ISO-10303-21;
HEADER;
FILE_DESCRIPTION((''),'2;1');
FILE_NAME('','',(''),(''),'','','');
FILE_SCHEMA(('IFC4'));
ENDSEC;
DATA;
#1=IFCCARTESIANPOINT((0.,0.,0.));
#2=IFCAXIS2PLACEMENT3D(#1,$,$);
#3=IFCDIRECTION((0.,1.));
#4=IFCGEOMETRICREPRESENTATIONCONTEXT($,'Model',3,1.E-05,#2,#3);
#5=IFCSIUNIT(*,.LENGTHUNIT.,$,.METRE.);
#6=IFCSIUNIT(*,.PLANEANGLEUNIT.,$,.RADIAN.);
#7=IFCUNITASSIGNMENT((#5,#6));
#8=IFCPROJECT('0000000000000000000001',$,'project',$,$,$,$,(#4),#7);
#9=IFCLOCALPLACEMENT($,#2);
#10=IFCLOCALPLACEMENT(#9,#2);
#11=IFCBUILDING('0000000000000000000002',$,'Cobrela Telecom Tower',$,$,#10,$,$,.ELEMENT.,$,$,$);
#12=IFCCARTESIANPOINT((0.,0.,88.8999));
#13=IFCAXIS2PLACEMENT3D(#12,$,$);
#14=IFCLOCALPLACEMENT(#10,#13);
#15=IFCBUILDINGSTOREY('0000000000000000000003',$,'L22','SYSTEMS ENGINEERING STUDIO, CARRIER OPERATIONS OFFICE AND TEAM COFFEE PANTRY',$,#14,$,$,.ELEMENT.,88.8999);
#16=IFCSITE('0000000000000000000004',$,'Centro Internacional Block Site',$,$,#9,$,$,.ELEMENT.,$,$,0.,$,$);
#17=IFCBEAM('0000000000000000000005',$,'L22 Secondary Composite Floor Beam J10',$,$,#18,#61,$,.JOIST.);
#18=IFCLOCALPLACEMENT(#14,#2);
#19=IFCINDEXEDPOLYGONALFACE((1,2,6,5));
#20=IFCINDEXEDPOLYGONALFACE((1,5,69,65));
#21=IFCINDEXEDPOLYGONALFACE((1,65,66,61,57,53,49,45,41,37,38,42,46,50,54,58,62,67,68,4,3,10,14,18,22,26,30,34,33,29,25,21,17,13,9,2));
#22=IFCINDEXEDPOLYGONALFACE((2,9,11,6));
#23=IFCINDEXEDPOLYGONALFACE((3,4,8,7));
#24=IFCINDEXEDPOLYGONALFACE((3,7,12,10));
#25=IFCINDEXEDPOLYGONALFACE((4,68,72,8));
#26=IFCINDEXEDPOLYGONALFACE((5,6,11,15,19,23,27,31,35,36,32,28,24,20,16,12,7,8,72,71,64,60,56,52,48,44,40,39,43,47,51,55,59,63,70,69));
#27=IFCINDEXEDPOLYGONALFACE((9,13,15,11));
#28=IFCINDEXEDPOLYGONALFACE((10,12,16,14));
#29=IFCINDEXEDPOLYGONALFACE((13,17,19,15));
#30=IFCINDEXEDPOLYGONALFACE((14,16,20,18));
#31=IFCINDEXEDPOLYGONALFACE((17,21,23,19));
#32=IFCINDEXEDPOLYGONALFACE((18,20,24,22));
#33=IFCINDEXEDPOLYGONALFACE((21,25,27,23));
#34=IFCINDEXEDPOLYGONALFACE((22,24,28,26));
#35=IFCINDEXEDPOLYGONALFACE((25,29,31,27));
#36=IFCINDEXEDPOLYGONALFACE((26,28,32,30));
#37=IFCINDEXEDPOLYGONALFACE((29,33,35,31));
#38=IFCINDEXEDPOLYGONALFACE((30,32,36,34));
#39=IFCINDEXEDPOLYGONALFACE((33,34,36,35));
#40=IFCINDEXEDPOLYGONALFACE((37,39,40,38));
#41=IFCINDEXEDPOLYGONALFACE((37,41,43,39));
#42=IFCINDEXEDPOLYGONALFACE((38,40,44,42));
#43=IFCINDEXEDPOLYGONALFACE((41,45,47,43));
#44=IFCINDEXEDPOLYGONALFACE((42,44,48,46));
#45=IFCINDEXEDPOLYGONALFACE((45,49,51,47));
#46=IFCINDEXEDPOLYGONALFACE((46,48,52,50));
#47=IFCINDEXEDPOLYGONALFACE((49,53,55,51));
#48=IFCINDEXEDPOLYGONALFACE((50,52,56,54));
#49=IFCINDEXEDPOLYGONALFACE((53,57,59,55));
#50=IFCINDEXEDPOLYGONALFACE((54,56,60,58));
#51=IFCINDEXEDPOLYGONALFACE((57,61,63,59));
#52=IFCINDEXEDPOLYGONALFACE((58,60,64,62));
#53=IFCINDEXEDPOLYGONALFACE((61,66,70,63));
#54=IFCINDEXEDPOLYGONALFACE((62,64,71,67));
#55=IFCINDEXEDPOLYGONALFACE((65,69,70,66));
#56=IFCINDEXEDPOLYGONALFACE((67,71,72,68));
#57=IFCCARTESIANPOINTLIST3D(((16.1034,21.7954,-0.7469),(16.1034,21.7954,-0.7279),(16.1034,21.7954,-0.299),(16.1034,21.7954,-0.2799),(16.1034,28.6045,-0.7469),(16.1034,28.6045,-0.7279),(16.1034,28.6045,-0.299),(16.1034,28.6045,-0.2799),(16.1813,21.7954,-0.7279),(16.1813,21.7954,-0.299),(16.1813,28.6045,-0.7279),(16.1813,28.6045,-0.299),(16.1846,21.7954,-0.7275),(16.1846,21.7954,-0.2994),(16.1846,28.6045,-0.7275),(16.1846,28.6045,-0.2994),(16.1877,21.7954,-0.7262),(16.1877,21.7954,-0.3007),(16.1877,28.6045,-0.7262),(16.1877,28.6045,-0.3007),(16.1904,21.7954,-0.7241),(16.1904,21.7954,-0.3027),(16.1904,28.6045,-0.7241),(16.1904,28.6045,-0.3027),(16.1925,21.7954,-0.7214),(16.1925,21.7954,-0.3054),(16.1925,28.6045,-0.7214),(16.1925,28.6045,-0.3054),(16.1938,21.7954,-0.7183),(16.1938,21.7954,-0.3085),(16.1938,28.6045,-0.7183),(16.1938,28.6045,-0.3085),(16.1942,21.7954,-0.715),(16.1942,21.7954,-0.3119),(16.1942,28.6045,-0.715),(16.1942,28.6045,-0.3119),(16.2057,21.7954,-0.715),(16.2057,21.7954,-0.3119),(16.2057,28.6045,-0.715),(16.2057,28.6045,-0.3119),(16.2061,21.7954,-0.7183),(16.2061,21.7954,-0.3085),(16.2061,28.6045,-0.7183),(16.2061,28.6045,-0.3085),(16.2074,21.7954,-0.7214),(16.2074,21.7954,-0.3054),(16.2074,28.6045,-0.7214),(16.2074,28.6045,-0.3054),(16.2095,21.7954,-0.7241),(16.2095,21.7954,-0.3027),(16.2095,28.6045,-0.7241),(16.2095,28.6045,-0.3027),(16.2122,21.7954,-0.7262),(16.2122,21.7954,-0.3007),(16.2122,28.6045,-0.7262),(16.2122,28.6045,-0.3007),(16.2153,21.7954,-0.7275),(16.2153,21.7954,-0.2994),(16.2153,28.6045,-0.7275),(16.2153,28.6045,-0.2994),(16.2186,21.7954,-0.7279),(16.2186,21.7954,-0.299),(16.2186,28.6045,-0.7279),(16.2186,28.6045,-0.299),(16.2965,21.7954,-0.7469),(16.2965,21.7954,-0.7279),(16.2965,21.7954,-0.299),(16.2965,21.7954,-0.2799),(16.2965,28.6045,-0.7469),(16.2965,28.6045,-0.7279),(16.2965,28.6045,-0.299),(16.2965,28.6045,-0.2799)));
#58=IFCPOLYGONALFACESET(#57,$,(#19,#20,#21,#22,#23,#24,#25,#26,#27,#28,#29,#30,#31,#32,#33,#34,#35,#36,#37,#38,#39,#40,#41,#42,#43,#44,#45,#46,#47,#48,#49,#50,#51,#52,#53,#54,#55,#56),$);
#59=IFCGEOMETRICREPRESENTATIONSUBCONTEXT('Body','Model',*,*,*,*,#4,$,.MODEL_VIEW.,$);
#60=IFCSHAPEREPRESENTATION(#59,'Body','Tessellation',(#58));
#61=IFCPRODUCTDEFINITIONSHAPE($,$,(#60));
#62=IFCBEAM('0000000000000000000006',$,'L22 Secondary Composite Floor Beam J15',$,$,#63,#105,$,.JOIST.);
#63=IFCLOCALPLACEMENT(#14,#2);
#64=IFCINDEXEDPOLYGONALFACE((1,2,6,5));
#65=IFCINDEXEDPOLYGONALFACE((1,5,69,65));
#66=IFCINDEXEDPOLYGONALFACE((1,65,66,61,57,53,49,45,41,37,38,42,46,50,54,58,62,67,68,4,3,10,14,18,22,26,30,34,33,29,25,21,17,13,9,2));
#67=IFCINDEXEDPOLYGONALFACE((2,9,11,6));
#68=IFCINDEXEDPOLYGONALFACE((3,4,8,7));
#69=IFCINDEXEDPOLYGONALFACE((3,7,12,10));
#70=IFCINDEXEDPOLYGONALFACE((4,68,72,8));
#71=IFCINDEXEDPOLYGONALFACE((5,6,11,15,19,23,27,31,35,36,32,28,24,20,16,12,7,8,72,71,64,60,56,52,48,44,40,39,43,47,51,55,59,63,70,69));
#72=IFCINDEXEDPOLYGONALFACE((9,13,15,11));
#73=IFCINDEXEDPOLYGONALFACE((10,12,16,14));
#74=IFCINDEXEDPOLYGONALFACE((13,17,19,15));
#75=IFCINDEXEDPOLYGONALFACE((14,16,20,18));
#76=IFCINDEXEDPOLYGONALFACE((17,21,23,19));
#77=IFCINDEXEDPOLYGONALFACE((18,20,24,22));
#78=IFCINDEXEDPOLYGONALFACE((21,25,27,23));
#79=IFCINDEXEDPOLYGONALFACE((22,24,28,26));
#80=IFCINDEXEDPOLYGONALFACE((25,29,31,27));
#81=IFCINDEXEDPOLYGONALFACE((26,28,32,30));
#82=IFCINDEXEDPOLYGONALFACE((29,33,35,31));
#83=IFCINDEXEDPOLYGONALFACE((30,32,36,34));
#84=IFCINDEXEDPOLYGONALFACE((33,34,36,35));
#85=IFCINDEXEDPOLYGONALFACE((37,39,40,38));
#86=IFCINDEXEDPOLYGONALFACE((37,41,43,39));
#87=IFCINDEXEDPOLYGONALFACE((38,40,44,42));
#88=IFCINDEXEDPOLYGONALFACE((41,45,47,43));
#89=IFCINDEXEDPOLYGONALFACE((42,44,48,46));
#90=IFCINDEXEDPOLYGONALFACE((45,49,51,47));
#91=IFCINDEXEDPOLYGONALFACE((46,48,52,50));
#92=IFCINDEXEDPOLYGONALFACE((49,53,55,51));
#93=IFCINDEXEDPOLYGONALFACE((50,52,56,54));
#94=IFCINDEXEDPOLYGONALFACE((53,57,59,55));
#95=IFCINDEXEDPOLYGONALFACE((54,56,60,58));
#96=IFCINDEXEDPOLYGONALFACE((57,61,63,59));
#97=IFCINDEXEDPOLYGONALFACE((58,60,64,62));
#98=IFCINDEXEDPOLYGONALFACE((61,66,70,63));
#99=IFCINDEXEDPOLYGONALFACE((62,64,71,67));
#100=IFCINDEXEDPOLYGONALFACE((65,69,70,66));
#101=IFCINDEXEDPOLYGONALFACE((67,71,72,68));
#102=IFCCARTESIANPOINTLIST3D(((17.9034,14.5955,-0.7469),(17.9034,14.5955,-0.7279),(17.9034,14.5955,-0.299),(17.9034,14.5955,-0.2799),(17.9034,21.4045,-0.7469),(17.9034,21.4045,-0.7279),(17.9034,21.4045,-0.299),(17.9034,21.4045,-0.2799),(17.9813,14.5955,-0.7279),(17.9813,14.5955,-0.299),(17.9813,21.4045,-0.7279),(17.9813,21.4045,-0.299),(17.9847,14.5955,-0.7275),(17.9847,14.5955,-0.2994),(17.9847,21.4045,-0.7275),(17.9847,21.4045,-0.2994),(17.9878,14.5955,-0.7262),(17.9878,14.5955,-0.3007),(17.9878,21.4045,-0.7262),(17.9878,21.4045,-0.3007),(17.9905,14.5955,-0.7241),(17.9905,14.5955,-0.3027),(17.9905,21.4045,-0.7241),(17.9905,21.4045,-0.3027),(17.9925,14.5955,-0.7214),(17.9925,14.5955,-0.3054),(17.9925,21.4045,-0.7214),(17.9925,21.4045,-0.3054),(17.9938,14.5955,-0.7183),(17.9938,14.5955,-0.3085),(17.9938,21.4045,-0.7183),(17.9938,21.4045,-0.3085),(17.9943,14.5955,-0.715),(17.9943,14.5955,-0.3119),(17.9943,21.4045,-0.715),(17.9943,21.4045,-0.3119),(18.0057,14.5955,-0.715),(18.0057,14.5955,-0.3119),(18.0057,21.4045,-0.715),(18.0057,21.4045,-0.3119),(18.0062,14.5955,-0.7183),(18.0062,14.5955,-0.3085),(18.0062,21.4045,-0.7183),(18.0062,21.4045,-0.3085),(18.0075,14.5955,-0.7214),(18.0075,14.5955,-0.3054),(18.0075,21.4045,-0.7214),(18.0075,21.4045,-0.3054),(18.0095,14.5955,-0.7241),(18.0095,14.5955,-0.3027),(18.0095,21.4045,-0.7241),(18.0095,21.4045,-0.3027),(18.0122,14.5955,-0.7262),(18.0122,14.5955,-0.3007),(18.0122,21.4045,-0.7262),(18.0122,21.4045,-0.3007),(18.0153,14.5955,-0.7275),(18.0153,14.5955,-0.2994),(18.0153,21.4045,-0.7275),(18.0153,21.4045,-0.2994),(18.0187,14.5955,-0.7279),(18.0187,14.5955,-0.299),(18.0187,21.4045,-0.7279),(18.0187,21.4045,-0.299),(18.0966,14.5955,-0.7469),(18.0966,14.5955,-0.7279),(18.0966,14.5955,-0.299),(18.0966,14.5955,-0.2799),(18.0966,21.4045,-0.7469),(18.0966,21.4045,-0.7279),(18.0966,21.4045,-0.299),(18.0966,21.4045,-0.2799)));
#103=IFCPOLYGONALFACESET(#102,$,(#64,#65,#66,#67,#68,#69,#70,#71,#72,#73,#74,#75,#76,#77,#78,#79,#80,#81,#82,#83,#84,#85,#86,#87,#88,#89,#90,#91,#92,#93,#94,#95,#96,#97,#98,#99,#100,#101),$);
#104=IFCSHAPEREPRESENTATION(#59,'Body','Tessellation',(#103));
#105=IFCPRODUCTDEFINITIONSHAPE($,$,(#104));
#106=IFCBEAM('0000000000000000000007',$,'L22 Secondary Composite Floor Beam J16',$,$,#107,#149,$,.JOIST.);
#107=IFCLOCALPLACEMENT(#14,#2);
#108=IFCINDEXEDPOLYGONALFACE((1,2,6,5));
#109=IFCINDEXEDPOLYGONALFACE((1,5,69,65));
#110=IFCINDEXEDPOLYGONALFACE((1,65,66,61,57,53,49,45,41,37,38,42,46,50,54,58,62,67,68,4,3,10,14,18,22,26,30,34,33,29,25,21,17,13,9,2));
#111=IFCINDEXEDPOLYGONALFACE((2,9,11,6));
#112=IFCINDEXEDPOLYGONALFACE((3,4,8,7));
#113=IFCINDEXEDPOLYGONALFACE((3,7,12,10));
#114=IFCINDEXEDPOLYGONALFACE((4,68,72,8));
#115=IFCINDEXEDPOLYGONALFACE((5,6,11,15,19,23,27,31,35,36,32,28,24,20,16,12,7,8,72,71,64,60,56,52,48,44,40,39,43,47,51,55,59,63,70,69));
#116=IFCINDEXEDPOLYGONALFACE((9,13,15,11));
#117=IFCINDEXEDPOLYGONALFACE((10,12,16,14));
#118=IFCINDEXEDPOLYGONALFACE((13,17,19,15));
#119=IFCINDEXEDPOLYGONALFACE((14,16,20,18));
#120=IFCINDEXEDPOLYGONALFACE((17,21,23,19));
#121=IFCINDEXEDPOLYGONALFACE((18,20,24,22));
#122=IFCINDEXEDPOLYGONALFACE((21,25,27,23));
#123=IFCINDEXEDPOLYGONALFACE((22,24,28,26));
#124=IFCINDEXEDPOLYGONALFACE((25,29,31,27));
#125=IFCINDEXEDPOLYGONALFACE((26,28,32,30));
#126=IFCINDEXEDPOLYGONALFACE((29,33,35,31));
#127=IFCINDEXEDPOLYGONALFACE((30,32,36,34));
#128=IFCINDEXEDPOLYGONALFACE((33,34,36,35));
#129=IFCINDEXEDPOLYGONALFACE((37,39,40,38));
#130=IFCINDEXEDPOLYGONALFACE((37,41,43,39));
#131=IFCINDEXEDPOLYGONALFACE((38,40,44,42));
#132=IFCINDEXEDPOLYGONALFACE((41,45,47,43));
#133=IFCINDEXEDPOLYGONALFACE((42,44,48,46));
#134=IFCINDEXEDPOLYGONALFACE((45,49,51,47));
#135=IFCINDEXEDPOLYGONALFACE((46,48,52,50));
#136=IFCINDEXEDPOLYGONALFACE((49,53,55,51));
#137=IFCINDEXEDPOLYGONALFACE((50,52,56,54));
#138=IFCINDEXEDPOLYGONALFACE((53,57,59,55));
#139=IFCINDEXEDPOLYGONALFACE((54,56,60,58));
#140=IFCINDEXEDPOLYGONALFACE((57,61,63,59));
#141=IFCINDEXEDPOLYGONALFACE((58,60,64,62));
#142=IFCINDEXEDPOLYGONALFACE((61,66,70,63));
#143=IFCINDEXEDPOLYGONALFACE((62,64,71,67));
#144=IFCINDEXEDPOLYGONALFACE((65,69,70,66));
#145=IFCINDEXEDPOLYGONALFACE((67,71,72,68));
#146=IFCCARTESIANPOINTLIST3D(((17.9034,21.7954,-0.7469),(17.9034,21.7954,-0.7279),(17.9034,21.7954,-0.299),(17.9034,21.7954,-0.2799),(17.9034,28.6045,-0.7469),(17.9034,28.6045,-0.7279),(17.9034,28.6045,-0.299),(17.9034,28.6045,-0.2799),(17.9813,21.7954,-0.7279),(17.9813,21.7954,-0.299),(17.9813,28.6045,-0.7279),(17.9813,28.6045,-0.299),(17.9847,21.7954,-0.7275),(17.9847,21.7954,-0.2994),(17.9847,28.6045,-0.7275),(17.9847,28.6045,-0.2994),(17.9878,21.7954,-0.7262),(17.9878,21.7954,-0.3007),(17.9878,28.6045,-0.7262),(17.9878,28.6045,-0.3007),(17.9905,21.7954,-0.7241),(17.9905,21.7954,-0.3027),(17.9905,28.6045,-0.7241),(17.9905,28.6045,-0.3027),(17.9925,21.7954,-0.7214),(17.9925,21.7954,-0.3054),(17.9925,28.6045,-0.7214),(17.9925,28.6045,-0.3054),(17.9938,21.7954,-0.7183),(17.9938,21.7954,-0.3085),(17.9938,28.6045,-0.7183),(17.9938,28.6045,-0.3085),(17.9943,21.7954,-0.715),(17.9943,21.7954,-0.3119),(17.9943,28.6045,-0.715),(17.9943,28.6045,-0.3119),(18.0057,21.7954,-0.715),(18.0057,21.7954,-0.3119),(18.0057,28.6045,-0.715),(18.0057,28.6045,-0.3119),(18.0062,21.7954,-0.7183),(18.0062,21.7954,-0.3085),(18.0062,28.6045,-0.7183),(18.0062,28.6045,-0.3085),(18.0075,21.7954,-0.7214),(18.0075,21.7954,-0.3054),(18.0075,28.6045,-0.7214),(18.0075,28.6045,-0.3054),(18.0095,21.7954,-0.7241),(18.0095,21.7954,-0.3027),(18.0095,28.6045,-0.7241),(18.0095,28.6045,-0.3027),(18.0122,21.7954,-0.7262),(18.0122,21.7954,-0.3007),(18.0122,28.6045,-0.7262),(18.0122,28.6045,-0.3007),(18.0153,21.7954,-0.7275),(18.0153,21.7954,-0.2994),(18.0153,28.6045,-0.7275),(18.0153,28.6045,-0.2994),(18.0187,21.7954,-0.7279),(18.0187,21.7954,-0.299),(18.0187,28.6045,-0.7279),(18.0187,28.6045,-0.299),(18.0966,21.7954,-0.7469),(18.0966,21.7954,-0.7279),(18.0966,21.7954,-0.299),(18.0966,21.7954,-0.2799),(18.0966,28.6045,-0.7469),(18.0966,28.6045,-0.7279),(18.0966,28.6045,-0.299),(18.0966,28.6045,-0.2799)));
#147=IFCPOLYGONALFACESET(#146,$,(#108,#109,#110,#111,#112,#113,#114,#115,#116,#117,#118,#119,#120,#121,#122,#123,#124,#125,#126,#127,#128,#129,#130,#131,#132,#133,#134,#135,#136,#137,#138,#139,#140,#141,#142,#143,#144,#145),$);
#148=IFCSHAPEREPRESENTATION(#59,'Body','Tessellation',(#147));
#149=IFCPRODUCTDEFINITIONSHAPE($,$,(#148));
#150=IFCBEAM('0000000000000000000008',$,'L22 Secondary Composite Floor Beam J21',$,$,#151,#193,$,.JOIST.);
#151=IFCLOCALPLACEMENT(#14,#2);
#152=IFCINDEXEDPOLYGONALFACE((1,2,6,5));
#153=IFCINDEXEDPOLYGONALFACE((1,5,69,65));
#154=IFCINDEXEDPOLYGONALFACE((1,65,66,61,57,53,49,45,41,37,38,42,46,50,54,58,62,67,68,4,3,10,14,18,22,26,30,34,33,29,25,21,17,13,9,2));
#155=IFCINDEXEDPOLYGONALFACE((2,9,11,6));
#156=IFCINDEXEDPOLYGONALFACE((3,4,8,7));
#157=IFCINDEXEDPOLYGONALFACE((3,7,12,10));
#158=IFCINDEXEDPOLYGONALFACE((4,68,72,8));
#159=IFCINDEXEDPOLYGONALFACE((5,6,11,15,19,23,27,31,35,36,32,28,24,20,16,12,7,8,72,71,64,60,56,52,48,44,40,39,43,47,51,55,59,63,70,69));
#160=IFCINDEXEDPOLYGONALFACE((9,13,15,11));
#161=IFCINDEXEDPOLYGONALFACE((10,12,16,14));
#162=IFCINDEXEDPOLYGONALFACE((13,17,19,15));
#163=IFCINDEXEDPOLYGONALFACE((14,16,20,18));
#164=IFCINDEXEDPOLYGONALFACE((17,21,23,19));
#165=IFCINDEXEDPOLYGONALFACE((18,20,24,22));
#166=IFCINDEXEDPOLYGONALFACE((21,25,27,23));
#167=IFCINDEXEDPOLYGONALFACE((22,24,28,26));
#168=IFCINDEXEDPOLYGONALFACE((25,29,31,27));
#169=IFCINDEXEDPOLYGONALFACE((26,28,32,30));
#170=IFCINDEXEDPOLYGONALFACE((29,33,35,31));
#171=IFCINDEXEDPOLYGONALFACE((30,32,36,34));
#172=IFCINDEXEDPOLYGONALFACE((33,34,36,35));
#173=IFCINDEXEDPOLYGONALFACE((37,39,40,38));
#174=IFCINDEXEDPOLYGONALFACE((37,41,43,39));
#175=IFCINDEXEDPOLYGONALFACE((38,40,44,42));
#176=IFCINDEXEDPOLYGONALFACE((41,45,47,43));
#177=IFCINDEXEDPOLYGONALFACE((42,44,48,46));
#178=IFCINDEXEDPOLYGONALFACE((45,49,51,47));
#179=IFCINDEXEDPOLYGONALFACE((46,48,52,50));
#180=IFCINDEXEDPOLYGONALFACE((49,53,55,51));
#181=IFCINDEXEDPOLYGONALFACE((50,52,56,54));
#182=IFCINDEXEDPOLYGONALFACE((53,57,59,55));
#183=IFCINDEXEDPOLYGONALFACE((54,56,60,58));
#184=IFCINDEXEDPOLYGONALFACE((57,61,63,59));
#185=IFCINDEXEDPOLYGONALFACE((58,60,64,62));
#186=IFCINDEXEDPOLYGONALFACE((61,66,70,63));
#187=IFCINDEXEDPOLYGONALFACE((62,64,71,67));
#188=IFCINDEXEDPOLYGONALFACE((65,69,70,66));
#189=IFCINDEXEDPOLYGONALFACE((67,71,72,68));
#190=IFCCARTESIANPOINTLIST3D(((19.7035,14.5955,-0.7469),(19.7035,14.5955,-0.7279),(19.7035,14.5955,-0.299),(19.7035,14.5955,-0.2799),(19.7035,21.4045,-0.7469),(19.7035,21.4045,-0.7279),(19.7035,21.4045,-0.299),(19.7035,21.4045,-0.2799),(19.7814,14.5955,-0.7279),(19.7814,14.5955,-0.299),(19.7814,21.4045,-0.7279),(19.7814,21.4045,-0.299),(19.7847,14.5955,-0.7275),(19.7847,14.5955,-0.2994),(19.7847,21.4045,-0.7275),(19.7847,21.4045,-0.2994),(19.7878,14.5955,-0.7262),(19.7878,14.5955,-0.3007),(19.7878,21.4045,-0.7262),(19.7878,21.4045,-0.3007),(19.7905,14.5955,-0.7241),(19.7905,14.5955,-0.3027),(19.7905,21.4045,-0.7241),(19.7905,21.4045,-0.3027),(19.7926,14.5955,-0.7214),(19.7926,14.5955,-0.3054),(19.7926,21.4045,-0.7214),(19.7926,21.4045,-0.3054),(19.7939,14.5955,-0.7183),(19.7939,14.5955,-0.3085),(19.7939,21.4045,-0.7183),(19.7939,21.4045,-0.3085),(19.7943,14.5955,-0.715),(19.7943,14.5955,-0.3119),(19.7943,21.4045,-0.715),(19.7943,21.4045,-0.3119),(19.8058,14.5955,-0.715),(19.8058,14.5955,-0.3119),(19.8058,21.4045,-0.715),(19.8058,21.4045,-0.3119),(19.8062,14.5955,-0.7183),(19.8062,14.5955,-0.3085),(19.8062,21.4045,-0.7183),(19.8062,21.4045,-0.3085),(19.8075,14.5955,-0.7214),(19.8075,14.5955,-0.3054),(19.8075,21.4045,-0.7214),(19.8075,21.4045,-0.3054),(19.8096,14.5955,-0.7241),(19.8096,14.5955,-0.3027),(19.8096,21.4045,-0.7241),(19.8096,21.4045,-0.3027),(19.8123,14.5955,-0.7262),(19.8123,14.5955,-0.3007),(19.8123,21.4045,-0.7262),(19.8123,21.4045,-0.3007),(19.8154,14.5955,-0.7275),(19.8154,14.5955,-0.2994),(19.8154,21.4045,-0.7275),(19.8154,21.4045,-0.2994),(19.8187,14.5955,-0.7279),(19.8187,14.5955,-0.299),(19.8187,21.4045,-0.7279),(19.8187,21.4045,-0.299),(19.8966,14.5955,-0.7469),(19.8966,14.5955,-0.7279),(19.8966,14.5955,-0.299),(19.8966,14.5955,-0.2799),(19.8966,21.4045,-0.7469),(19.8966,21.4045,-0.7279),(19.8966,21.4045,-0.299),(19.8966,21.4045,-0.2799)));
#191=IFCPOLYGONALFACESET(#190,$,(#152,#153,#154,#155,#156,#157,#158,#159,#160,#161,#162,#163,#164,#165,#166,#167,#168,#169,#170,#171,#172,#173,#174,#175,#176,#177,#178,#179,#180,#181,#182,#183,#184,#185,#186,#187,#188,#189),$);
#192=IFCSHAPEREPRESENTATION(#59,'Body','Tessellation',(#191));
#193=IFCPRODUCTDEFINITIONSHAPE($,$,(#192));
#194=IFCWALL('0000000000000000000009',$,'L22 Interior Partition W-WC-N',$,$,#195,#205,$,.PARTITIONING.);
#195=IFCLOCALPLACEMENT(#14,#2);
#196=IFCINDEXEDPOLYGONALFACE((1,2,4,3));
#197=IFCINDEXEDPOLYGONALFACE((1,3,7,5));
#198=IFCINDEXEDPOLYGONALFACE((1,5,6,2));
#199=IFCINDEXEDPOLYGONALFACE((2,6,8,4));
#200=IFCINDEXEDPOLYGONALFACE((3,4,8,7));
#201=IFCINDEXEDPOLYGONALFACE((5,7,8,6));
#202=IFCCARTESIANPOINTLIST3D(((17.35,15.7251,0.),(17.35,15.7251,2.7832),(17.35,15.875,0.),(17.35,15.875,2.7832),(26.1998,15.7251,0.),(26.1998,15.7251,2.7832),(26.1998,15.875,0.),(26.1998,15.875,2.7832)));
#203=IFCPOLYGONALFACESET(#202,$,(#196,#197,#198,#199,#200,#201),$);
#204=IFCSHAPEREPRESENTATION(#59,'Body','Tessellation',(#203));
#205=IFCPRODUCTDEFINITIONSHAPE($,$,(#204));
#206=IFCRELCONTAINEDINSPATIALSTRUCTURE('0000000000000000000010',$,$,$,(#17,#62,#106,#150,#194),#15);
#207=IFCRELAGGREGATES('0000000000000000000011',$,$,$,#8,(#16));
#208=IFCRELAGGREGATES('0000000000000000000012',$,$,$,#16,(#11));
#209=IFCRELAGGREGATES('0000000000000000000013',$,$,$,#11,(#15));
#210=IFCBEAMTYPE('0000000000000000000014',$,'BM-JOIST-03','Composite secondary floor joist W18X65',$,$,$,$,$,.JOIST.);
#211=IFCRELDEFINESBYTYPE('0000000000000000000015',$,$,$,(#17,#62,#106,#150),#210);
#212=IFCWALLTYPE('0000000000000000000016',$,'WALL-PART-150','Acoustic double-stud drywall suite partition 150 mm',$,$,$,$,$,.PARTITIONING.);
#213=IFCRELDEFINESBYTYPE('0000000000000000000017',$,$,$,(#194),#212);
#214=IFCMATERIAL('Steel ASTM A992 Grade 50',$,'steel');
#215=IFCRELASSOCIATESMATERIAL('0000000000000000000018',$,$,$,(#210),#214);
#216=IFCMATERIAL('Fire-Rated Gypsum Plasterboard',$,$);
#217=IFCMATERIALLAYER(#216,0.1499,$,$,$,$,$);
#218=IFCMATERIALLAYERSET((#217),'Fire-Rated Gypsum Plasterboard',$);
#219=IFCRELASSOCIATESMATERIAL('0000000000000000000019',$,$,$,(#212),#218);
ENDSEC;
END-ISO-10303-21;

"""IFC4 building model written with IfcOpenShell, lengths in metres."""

from ifc_helpers import new_model, si_unit, direction, frame, frame_2d, origin, origin_2d, place, context, subcontext, project, spatial, rectangle, i_section, extrude, material, layer, layer_set, material_profile, profile_set, type_object, element, save


model = new_model("IFC4")

# Units and contexts
model_context = context("Model", 3, precision=1e-05, world=origin(), true_north=direction((0.0, 1.0)))
body_context = subcontext(model_context, "Body", "Model", "MODEL_VIEW")
ifc_project = project(units=[si_unit("LENGTHUNIT", "METRE"), si_unit("PLANEANGLEUNIT", "RADIAN")], contexts=[model_context])

# Site, building, storey
site_placement = place(None, origin())
site = spatial("IfcSite", under=ifc_project, at=site_placement, Name="Centro Internacional Block Site", CompositionType="ELEMENT", RefElevation=0.0)
building_placement = place(site_placement, origin())
building = spatial("IfcBuilding", under=site, at=building_placement, Name="Cobrela Telecom Tower", CompositionType="ELEMENT")
storey_placement = place(building_placement, frame((0.0, 0.0, 88.8999)))
storey = spatial("IfcBuildingStorey", under=building, at=storey_placement, Name="L22", Description="SYSTEMS ENGINEERING STUDIO, CARRIER OPERATIONS OFFICE AND TEAM COFFEE PANTRY", CompositionType="ELEMENT", Elevation=88.8999)

# Beams
ifc_material_1 = material(Name="Steel ASTM A992 Grade 50", Category="steel")
ifc_material_profile_1 = material_profile(ifc_material_1, i_section(OverallWidth=0.1931, OverallDepth=0.467, WebThickness=0.0115, FlangeThickness=0.019, FilletRadius=0.0129, at=origin_2d()), Name="W18X65")
ifc_profile_set_1 = profile_set([ifc_material_profile_1], Name="Steel ASTM A992 Grade 50")
beam_type_1 = type_object("IfcBeamType", Name="BM-JOIST-03", Description="Composite secondary floor joist W18X65", PredefinedType="JOIST", material=ifc_profile_set_1)
for number, where, z_axis, x_axis, name in (
    (1, (16.2, 21.7954, -0.5134), (0.0, 1.0, 0.0), (-1.0, 0.0, 0.0), "L22 Secondary Composite Floor Beam J10"),
    (2, (18.0, 14.5955, -0.5134), (0.0, 1.0, 0.0), (-1.0, 0.0, 0.0), "L22 Secondary Composite Floor Beam J15"),
    (3, (18.0, 21.7954, -0.5134), (0.0, 1.0, 0.0), (-1.0, 0.0, 0.0), "L22 Secondary Composite Floor Beam J16"),
    (4, (19.8, 14.5955, -0.5134), (0.0, 1.0, 0.0), (-1.0, 0.0, 0.0), "L22 Secondary Composite Floor Beam J21"),
):
    element("IfcBeam", number, at=place(storey_placement, frame(where, z_axis=z_axis, x_axis=x_axis)), inside=storey, type_object=beam_type_1, Name=name, PredefinedType="JOIST", context=body_context, shape_type="SweptSolid", body=[
        extrude(i_section(OverallWidth=0.1931, OverallDepth=0.467, WebThickness=0.0115, FlangeThickness=0.019, FilletRadius=0.0129, at=origin_2d()), origin(), (0.0, 0.0, 1.0), 6.8091),
    ])

# Wall
ifc_material_2 = material(Name="Fire-Rated Gypsum Plasterboard")
ifc_layer_1 = layer(ifc_material_2, 0.1499)
ifc_layer_set_1 = layer_set([ifc_layer_1], Name="Fire-Rated Gypsum Plasterboard")
wall_type_1 = type_object("IfcWallType", Name="WALL-PART-150", Description="Acoustic double-stud drywall suite partition 150 mm", PredefinedType="PARTITIONING", material=ifc_layer_set_1)
wall_1_placement = place(storey_placement, frame((17.3501, 15.8, 0.0), z_axis=(0.0, 0.0, 1.0), x_axis=(1.0, 0.0, 0.0)))
element("IfcWall", 5, at=wall_1_placement, inside=storey, type_object=wall_type_1, Name="L22 Interior Partition W-WC-N", PredefinedType="PARTITIONING", context=body_context, shape_type="SweptSolid", body=[
    extrude(rectangle(XDim=8.8499, YDim=0.1499, at=frame_2d((4.4248, 0.0))), origin(), (0.0, 0.0, 1.0), 2.7832),
])

save(model, "model.ifc")
